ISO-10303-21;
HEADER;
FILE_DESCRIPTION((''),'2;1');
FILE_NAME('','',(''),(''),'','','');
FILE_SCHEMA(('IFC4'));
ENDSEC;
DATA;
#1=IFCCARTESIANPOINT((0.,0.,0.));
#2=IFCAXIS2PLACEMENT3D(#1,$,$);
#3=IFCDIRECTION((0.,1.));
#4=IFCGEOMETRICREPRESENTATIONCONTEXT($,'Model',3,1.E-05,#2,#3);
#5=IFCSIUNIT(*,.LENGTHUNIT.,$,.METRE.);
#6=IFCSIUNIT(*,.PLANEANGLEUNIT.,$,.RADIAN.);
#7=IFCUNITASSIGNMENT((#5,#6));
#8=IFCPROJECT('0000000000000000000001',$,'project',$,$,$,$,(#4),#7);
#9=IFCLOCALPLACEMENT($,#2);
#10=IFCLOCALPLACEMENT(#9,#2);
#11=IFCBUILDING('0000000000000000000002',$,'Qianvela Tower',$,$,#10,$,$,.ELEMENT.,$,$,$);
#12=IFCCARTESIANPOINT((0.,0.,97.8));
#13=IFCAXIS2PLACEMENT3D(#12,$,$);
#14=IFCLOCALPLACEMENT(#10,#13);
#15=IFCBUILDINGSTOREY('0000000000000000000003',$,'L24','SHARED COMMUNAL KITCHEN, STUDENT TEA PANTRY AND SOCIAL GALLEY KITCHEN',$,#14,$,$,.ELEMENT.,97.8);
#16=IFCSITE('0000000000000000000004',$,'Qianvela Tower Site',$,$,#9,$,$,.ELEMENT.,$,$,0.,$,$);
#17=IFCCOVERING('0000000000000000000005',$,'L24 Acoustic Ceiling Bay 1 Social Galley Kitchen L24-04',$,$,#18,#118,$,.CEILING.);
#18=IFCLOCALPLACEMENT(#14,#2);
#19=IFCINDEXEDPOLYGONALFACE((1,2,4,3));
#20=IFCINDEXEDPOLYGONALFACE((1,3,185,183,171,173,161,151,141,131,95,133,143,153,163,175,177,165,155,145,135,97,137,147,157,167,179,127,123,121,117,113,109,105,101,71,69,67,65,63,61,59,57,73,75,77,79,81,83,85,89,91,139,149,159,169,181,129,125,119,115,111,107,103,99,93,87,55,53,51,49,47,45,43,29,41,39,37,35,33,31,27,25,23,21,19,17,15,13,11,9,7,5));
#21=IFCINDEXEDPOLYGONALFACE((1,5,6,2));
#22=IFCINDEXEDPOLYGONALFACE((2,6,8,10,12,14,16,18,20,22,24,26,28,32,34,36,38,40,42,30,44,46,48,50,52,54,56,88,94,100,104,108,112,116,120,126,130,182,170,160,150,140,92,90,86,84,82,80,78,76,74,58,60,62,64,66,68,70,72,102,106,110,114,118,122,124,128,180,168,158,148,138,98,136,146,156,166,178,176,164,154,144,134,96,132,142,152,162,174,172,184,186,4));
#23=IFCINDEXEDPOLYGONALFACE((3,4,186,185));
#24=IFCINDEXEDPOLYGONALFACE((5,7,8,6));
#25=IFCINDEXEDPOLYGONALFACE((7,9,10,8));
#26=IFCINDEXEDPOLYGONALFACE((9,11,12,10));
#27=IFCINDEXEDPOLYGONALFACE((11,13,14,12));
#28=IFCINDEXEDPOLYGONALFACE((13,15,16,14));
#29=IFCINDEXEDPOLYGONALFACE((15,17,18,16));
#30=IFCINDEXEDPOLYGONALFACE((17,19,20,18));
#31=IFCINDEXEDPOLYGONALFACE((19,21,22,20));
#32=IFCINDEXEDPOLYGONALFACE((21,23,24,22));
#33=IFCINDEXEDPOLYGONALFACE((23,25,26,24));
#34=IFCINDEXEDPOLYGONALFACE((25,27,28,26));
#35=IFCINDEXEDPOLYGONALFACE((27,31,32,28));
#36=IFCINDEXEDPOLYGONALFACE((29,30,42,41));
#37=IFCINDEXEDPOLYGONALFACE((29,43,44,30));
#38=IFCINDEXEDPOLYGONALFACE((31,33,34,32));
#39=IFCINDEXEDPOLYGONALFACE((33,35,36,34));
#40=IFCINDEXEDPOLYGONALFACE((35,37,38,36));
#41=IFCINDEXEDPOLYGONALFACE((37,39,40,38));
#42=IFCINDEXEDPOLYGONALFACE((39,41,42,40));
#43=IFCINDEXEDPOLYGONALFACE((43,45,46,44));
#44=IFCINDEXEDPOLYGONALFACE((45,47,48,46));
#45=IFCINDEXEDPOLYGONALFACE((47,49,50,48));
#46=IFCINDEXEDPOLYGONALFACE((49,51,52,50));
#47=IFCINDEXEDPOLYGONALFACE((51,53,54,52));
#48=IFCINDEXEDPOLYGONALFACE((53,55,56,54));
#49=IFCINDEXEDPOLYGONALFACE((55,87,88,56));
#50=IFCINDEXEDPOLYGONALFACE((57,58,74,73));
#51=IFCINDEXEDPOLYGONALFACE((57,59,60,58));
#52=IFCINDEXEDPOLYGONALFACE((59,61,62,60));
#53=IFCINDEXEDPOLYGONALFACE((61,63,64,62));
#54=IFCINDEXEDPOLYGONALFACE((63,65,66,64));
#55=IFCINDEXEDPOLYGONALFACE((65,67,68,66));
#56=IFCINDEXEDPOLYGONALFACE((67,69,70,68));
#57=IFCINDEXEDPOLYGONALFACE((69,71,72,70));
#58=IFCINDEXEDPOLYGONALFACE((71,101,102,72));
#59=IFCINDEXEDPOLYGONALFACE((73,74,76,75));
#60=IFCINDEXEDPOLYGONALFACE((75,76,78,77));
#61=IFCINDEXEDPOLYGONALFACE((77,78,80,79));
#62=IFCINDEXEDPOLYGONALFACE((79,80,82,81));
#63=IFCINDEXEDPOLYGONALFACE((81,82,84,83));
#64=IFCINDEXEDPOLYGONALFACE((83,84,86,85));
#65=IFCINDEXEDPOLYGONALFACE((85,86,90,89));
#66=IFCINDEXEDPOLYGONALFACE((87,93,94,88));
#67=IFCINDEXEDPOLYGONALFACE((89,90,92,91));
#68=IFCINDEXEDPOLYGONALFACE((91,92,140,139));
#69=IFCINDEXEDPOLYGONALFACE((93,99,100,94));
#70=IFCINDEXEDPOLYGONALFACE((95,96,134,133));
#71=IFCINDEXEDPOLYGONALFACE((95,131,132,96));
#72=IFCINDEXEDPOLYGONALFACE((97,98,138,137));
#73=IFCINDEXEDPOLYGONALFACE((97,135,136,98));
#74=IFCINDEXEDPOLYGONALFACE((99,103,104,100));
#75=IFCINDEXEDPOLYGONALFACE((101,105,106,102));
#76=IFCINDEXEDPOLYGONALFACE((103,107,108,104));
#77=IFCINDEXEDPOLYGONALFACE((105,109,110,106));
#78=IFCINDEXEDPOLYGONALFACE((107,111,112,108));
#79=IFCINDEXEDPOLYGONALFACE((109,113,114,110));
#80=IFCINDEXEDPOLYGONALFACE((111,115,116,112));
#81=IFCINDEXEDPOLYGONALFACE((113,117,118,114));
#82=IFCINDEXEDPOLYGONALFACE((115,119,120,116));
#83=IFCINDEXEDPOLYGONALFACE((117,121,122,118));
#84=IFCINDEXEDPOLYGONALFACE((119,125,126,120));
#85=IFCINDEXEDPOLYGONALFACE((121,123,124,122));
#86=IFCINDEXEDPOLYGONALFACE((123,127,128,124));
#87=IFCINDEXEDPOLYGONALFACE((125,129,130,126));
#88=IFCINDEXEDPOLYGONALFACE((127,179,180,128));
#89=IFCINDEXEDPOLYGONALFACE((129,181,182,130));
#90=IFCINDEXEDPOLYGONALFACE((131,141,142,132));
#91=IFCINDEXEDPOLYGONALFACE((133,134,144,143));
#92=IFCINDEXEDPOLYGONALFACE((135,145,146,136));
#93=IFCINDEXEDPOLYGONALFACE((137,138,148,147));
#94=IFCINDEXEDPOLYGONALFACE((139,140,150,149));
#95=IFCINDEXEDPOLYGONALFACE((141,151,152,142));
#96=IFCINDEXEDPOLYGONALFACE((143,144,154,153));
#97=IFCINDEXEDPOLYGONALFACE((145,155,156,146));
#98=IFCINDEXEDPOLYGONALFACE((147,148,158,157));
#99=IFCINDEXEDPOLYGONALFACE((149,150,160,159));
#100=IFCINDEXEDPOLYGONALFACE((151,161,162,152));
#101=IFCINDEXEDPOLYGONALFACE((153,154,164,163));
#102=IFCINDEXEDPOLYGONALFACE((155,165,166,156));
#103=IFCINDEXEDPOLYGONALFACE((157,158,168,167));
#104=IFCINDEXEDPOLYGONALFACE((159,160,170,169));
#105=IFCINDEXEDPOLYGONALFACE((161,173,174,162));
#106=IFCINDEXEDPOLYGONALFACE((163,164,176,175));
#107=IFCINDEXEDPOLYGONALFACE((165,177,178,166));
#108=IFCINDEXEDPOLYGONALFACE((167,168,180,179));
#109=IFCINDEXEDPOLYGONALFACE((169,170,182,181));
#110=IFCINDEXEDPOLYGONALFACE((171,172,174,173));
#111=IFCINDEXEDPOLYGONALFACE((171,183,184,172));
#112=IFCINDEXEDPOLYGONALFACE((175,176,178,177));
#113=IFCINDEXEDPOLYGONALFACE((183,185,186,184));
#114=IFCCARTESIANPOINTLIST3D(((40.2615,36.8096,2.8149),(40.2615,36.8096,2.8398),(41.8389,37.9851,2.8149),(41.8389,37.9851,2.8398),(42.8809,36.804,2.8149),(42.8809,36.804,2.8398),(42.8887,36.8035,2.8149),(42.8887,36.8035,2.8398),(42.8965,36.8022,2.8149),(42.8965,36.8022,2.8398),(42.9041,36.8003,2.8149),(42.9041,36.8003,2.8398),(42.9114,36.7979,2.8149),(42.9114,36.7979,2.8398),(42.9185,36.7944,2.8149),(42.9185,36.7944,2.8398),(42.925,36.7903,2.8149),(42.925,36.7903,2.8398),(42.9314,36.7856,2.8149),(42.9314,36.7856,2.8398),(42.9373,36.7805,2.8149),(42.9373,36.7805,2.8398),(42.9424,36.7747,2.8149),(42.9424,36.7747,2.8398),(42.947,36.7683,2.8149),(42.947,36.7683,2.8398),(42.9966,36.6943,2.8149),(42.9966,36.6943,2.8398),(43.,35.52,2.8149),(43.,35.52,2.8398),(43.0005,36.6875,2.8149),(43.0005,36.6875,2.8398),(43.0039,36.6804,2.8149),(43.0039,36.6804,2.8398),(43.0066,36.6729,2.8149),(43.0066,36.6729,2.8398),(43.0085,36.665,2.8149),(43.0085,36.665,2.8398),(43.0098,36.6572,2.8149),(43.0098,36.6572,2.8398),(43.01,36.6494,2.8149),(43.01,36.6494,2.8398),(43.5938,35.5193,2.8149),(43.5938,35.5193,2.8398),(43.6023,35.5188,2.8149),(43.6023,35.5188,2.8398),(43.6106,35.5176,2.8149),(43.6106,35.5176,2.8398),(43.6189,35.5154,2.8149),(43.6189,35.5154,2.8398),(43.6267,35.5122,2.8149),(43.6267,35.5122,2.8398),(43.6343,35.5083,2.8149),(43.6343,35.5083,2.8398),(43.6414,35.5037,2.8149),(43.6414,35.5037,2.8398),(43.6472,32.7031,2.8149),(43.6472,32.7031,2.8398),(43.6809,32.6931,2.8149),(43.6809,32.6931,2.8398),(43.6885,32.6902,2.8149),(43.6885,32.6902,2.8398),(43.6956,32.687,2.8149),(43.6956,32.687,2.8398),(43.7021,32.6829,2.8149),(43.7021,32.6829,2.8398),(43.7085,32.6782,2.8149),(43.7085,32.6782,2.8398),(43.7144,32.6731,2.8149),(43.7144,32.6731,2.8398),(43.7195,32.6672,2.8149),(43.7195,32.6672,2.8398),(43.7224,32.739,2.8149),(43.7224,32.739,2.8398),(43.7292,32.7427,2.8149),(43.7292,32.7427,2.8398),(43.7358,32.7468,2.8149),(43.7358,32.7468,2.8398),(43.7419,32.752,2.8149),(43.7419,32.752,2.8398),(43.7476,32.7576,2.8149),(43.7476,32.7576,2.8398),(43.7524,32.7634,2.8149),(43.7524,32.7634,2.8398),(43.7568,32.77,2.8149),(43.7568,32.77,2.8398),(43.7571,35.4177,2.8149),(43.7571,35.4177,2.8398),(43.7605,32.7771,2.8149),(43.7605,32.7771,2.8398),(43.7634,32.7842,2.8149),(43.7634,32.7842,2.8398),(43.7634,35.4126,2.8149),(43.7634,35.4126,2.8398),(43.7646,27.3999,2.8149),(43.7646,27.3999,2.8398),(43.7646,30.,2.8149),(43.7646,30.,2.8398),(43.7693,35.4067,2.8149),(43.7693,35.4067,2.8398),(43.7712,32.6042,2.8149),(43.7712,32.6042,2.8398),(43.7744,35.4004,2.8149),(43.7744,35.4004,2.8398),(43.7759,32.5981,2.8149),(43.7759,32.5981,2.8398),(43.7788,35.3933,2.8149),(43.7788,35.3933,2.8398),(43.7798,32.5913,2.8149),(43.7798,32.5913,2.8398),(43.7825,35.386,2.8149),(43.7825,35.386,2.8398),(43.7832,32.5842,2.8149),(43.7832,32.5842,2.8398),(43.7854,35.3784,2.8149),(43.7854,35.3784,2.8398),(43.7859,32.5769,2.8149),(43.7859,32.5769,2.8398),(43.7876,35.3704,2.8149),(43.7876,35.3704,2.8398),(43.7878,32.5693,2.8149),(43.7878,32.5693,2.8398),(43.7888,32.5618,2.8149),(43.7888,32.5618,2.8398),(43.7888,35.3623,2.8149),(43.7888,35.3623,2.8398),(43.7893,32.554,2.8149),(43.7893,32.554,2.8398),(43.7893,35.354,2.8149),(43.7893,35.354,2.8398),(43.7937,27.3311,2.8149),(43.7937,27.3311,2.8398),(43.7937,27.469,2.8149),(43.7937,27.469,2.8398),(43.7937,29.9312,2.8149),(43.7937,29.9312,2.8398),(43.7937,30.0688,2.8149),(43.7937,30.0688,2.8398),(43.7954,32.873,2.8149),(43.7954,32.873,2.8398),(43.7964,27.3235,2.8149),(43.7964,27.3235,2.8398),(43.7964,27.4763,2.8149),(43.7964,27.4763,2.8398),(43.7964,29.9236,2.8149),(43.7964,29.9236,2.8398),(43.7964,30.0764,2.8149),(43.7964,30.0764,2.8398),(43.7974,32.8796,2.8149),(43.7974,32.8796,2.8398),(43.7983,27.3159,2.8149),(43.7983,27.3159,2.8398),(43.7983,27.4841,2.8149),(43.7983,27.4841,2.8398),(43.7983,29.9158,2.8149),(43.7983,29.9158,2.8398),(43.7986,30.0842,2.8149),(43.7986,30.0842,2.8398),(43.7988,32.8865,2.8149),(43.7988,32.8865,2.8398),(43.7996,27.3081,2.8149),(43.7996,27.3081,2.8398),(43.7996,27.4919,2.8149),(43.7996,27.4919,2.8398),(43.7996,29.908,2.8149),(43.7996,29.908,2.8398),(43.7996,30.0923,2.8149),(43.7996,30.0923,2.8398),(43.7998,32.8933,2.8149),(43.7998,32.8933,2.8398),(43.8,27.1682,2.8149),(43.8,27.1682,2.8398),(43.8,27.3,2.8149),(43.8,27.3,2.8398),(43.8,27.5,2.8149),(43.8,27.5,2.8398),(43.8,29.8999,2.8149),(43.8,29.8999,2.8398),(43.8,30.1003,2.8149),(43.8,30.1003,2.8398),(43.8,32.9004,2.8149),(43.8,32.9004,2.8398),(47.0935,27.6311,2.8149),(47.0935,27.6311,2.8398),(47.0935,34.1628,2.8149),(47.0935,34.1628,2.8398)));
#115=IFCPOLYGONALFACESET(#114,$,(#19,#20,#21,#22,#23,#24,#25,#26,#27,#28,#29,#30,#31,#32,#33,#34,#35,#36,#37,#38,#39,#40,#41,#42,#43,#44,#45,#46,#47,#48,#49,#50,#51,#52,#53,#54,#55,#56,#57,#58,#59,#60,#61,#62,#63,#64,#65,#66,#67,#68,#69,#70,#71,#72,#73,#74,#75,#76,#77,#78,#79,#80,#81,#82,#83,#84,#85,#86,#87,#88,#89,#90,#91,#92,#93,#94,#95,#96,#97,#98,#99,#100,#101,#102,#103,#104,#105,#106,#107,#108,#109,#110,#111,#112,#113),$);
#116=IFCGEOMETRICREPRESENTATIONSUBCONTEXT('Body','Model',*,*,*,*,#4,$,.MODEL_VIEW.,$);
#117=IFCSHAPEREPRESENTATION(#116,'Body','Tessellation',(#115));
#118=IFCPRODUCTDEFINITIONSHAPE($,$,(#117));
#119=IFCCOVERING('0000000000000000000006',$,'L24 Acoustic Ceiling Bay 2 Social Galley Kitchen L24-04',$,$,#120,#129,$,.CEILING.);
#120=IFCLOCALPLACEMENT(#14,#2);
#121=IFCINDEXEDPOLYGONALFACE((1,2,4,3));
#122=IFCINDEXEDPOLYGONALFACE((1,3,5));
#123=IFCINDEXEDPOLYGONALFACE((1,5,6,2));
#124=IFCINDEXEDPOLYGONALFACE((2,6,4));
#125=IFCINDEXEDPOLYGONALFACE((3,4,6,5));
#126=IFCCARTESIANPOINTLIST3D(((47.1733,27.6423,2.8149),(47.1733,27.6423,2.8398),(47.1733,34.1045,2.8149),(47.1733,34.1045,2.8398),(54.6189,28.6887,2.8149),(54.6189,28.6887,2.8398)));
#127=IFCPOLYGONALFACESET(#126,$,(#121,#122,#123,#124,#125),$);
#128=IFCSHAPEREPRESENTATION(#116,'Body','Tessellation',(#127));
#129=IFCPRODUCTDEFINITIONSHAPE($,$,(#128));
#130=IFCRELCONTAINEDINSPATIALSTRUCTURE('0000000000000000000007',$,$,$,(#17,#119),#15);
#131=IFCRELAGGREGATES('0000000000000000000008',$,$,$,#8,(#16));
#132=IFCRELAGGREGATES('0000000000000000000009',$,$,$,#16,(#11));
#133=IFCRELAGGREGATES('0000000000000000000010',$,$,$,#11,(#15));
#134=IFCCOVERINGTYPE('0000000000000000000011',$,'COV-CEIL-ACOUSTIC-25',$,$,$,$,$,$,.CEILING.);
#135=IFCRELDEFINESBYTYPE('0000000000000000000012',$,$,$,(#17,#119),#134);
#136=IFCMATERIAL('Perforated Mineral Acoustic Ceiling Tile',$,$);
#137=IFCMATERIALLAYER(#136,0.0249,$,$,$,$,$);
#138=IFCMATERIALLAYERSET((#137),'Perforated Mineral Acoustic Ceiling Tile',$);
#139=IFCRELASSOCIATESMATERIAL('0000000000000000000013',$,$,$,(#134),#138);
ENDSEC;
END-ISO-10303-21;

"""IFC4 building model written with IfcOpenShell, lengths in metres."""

from ifc_helpers import new_model, si_unit, direction, frame, origin, place, context, subcontext, project, spatial, polyline, outline, extrude, material, layer, layer_set, type_object, element, save


model = new_model("IFC4")

# Units and contexts
model_context = context("Model", 3, precision=1e-05, world=origin(), true_north=direction((0.0, 1.0)))
body_context = subcontext(model_context, "Body", "Model", "MODEL_VIEW")
ifc_project = project(units=[si_unit("LENGTHUNIT", "METRE"), si_unit("PLANEANGLEUNIT", "RADIAN")], contexts=[model_context])

# Site, building, storey
site_placement = place(None, origin())
site = spatial("IfcSite", under=ifc_project, at=site_placement, Name="Qianvela Tower Site", CompositionType="ELEMENT", RefElevation=0.0)
building_placement = place(site_placement, origin())
building = spatial("IfcBuilding", under=site, at=building_placement, Name="Qianvela Tower", CompositionType="ELEMENT")
storey_placement = place(building_placement, frame((0.0, 0.0, 97.8)))
storey = spatial("IfcBuildingStorey", under=building, at=storey_placement, Name="L24", Description="SHARED COMMUNAL KITCHEN, STUDENT TEA PANTRY AND SOCIAL GALLEY KITCHEN", CompositionType="ELEMENT", Elevation=97.8)

# Coverings
ifc_material_1 = material(Name="Perforated Mineral Acoustic Ceiling Tile")
ifc_layer_1 = layer(ifc_material_1, 0.0249)
ifc_layer_set_1 = layer_set([ifc_layer_1], Name="Perforated Mineral Acoustic Ceiling Tile")
covering_type_1 = type_object("IfcCoveringType", Name="COV-CEIL-ACOUSTIC-25", PredefinedType="CEILING", material=ifc_layer_set_1)
covering_1_placement = place(storey_placement, frame((0.0, 0.0, 2.8149)))
element("IfcCovering", 1, at=covering_1_placement, inside=storey, type_object=covering_type_1, Name="L24 Acoustic Ceiling Bay 1 Social Galley Kitchen L24-04", PredefinedType="CEILING", context=body_context, shape_type="SweptSolid", body=[
    extrude(outline(polyline([(43.7224, 32.739), (43.7292, 32.7427), (43.7358, 32.7468), (43.7419, 32.752), (43.7476, 32.7576), (43.7524, 32.7634), (43.7568, 32.77), (43.7605, 32.7771), (43.7634, 32.7842), (43.7954, 32.873), (43.7974, 32.8796), (43.7988, 32.8865), (43.7998, 32.8933), (43.8, 32.9004), (43.7893, 35.354), (43.7888, 35.3623), (43.7876, 35.3704), (43.7854, 35.3784), (43.7825, 35.386), (43.7788, 35.3933), (43.7744, 35.4004), (43.7693, 35.4067), (43.7634, 35.4126), (43.7571, 35.4177), (43.6414, 35.5037), (43.6343, 35.5083), (43.6267, 35.5122), (43.6189, 35.5154), (43.6106, 35.5176), (43.6023, 35.5188), (43.5938, 35.5193), (43.0, 35.52), (43.01, 36.6494), (43.0098, 36.6572), (43.0085, 36.665), (43.0066, 36.6729), (43.0039, 36.6804), (43.0005, 36.6875), (42.9966, 36.6943), (42.947, 36.7683), (42.9424, 36.7747), (42.9373, 36.7805), (42.9314, 36.7856), (42.925, 36.7903), (42.9185, 36.7944), (42.9114, 36.7979), (42.9041, 36.8003), (42.8965, 36.8022), (42.8887, 36.8035), (42.8809, 36.804), (40.2615, 36.8096), (41.8389, 37.9851), (47.0935, 34.1628), (47.0935, 27.6311), (43.8, 27.1682), (43.8, 27.3), (43.7996, 27.3081), (43.7983, 27.3159), (43.7964, 27.3235), (43.7937, 27.3311), (43.7646, 27.3999), (43.7937, 27.469), (43.7964, 27.4763), (43.7983, 27.4841), (43.7996, 27.4919), (43.8, 27.5), (43.8, 29.8999), (43.7996, 29.908), (43.7983, 29.9158), (43.7964, 29.9236), (43.7937, 29.9312), (43.7646, 30.0), (43.7937, 30.0688), (43.7964, 30.0764), (43.7986, 30.0842), (43.7996, 30.0923), (43.8, 30.1003), (43.7893, 32.554), (43.7888, 32.5618), (43.7878, 32.5693), (43.7859, 32.5769), (43.7832, 32.5842), (43.7798, 32.5913), (43.7759, 32.5981), (43.7712, 32.6042), (43.7195, 32.6672), (43.7144, 32.6731), (43.7085, 32.6782), (43.7021, 32.6829), (43.6956, 32.687), (43.6885, 32.6902), (43.6809, 32.6931), (43.6472, 32.7031), (43.7224, 32.739)])), origin(), (0.0, 0.0, 1.0), 0.0249),
])
covering_2_placement = place(storey_placement, frame((0.0, 0.0, 2.8149)))
element("IfcCovering", 2, at=covering_2_placement, inside=storey, type_object=covering_type_1, Name="L24 Acoustic Ceiling Bay 2 Social Galley Kitchen L24-04", PredefinedType="CEILING", context=body_context, shape_type="SweptSolid", body=[
    extrude(outline(polyline([(54.6189, 28.6887), (47.1733, 27.6423), (47.1733, 34.1045), (54.6189, 28.6887)])), origin(), (0.0, 0.0, 1.0), 0.0249),
])

save(model, "model.ifc")
